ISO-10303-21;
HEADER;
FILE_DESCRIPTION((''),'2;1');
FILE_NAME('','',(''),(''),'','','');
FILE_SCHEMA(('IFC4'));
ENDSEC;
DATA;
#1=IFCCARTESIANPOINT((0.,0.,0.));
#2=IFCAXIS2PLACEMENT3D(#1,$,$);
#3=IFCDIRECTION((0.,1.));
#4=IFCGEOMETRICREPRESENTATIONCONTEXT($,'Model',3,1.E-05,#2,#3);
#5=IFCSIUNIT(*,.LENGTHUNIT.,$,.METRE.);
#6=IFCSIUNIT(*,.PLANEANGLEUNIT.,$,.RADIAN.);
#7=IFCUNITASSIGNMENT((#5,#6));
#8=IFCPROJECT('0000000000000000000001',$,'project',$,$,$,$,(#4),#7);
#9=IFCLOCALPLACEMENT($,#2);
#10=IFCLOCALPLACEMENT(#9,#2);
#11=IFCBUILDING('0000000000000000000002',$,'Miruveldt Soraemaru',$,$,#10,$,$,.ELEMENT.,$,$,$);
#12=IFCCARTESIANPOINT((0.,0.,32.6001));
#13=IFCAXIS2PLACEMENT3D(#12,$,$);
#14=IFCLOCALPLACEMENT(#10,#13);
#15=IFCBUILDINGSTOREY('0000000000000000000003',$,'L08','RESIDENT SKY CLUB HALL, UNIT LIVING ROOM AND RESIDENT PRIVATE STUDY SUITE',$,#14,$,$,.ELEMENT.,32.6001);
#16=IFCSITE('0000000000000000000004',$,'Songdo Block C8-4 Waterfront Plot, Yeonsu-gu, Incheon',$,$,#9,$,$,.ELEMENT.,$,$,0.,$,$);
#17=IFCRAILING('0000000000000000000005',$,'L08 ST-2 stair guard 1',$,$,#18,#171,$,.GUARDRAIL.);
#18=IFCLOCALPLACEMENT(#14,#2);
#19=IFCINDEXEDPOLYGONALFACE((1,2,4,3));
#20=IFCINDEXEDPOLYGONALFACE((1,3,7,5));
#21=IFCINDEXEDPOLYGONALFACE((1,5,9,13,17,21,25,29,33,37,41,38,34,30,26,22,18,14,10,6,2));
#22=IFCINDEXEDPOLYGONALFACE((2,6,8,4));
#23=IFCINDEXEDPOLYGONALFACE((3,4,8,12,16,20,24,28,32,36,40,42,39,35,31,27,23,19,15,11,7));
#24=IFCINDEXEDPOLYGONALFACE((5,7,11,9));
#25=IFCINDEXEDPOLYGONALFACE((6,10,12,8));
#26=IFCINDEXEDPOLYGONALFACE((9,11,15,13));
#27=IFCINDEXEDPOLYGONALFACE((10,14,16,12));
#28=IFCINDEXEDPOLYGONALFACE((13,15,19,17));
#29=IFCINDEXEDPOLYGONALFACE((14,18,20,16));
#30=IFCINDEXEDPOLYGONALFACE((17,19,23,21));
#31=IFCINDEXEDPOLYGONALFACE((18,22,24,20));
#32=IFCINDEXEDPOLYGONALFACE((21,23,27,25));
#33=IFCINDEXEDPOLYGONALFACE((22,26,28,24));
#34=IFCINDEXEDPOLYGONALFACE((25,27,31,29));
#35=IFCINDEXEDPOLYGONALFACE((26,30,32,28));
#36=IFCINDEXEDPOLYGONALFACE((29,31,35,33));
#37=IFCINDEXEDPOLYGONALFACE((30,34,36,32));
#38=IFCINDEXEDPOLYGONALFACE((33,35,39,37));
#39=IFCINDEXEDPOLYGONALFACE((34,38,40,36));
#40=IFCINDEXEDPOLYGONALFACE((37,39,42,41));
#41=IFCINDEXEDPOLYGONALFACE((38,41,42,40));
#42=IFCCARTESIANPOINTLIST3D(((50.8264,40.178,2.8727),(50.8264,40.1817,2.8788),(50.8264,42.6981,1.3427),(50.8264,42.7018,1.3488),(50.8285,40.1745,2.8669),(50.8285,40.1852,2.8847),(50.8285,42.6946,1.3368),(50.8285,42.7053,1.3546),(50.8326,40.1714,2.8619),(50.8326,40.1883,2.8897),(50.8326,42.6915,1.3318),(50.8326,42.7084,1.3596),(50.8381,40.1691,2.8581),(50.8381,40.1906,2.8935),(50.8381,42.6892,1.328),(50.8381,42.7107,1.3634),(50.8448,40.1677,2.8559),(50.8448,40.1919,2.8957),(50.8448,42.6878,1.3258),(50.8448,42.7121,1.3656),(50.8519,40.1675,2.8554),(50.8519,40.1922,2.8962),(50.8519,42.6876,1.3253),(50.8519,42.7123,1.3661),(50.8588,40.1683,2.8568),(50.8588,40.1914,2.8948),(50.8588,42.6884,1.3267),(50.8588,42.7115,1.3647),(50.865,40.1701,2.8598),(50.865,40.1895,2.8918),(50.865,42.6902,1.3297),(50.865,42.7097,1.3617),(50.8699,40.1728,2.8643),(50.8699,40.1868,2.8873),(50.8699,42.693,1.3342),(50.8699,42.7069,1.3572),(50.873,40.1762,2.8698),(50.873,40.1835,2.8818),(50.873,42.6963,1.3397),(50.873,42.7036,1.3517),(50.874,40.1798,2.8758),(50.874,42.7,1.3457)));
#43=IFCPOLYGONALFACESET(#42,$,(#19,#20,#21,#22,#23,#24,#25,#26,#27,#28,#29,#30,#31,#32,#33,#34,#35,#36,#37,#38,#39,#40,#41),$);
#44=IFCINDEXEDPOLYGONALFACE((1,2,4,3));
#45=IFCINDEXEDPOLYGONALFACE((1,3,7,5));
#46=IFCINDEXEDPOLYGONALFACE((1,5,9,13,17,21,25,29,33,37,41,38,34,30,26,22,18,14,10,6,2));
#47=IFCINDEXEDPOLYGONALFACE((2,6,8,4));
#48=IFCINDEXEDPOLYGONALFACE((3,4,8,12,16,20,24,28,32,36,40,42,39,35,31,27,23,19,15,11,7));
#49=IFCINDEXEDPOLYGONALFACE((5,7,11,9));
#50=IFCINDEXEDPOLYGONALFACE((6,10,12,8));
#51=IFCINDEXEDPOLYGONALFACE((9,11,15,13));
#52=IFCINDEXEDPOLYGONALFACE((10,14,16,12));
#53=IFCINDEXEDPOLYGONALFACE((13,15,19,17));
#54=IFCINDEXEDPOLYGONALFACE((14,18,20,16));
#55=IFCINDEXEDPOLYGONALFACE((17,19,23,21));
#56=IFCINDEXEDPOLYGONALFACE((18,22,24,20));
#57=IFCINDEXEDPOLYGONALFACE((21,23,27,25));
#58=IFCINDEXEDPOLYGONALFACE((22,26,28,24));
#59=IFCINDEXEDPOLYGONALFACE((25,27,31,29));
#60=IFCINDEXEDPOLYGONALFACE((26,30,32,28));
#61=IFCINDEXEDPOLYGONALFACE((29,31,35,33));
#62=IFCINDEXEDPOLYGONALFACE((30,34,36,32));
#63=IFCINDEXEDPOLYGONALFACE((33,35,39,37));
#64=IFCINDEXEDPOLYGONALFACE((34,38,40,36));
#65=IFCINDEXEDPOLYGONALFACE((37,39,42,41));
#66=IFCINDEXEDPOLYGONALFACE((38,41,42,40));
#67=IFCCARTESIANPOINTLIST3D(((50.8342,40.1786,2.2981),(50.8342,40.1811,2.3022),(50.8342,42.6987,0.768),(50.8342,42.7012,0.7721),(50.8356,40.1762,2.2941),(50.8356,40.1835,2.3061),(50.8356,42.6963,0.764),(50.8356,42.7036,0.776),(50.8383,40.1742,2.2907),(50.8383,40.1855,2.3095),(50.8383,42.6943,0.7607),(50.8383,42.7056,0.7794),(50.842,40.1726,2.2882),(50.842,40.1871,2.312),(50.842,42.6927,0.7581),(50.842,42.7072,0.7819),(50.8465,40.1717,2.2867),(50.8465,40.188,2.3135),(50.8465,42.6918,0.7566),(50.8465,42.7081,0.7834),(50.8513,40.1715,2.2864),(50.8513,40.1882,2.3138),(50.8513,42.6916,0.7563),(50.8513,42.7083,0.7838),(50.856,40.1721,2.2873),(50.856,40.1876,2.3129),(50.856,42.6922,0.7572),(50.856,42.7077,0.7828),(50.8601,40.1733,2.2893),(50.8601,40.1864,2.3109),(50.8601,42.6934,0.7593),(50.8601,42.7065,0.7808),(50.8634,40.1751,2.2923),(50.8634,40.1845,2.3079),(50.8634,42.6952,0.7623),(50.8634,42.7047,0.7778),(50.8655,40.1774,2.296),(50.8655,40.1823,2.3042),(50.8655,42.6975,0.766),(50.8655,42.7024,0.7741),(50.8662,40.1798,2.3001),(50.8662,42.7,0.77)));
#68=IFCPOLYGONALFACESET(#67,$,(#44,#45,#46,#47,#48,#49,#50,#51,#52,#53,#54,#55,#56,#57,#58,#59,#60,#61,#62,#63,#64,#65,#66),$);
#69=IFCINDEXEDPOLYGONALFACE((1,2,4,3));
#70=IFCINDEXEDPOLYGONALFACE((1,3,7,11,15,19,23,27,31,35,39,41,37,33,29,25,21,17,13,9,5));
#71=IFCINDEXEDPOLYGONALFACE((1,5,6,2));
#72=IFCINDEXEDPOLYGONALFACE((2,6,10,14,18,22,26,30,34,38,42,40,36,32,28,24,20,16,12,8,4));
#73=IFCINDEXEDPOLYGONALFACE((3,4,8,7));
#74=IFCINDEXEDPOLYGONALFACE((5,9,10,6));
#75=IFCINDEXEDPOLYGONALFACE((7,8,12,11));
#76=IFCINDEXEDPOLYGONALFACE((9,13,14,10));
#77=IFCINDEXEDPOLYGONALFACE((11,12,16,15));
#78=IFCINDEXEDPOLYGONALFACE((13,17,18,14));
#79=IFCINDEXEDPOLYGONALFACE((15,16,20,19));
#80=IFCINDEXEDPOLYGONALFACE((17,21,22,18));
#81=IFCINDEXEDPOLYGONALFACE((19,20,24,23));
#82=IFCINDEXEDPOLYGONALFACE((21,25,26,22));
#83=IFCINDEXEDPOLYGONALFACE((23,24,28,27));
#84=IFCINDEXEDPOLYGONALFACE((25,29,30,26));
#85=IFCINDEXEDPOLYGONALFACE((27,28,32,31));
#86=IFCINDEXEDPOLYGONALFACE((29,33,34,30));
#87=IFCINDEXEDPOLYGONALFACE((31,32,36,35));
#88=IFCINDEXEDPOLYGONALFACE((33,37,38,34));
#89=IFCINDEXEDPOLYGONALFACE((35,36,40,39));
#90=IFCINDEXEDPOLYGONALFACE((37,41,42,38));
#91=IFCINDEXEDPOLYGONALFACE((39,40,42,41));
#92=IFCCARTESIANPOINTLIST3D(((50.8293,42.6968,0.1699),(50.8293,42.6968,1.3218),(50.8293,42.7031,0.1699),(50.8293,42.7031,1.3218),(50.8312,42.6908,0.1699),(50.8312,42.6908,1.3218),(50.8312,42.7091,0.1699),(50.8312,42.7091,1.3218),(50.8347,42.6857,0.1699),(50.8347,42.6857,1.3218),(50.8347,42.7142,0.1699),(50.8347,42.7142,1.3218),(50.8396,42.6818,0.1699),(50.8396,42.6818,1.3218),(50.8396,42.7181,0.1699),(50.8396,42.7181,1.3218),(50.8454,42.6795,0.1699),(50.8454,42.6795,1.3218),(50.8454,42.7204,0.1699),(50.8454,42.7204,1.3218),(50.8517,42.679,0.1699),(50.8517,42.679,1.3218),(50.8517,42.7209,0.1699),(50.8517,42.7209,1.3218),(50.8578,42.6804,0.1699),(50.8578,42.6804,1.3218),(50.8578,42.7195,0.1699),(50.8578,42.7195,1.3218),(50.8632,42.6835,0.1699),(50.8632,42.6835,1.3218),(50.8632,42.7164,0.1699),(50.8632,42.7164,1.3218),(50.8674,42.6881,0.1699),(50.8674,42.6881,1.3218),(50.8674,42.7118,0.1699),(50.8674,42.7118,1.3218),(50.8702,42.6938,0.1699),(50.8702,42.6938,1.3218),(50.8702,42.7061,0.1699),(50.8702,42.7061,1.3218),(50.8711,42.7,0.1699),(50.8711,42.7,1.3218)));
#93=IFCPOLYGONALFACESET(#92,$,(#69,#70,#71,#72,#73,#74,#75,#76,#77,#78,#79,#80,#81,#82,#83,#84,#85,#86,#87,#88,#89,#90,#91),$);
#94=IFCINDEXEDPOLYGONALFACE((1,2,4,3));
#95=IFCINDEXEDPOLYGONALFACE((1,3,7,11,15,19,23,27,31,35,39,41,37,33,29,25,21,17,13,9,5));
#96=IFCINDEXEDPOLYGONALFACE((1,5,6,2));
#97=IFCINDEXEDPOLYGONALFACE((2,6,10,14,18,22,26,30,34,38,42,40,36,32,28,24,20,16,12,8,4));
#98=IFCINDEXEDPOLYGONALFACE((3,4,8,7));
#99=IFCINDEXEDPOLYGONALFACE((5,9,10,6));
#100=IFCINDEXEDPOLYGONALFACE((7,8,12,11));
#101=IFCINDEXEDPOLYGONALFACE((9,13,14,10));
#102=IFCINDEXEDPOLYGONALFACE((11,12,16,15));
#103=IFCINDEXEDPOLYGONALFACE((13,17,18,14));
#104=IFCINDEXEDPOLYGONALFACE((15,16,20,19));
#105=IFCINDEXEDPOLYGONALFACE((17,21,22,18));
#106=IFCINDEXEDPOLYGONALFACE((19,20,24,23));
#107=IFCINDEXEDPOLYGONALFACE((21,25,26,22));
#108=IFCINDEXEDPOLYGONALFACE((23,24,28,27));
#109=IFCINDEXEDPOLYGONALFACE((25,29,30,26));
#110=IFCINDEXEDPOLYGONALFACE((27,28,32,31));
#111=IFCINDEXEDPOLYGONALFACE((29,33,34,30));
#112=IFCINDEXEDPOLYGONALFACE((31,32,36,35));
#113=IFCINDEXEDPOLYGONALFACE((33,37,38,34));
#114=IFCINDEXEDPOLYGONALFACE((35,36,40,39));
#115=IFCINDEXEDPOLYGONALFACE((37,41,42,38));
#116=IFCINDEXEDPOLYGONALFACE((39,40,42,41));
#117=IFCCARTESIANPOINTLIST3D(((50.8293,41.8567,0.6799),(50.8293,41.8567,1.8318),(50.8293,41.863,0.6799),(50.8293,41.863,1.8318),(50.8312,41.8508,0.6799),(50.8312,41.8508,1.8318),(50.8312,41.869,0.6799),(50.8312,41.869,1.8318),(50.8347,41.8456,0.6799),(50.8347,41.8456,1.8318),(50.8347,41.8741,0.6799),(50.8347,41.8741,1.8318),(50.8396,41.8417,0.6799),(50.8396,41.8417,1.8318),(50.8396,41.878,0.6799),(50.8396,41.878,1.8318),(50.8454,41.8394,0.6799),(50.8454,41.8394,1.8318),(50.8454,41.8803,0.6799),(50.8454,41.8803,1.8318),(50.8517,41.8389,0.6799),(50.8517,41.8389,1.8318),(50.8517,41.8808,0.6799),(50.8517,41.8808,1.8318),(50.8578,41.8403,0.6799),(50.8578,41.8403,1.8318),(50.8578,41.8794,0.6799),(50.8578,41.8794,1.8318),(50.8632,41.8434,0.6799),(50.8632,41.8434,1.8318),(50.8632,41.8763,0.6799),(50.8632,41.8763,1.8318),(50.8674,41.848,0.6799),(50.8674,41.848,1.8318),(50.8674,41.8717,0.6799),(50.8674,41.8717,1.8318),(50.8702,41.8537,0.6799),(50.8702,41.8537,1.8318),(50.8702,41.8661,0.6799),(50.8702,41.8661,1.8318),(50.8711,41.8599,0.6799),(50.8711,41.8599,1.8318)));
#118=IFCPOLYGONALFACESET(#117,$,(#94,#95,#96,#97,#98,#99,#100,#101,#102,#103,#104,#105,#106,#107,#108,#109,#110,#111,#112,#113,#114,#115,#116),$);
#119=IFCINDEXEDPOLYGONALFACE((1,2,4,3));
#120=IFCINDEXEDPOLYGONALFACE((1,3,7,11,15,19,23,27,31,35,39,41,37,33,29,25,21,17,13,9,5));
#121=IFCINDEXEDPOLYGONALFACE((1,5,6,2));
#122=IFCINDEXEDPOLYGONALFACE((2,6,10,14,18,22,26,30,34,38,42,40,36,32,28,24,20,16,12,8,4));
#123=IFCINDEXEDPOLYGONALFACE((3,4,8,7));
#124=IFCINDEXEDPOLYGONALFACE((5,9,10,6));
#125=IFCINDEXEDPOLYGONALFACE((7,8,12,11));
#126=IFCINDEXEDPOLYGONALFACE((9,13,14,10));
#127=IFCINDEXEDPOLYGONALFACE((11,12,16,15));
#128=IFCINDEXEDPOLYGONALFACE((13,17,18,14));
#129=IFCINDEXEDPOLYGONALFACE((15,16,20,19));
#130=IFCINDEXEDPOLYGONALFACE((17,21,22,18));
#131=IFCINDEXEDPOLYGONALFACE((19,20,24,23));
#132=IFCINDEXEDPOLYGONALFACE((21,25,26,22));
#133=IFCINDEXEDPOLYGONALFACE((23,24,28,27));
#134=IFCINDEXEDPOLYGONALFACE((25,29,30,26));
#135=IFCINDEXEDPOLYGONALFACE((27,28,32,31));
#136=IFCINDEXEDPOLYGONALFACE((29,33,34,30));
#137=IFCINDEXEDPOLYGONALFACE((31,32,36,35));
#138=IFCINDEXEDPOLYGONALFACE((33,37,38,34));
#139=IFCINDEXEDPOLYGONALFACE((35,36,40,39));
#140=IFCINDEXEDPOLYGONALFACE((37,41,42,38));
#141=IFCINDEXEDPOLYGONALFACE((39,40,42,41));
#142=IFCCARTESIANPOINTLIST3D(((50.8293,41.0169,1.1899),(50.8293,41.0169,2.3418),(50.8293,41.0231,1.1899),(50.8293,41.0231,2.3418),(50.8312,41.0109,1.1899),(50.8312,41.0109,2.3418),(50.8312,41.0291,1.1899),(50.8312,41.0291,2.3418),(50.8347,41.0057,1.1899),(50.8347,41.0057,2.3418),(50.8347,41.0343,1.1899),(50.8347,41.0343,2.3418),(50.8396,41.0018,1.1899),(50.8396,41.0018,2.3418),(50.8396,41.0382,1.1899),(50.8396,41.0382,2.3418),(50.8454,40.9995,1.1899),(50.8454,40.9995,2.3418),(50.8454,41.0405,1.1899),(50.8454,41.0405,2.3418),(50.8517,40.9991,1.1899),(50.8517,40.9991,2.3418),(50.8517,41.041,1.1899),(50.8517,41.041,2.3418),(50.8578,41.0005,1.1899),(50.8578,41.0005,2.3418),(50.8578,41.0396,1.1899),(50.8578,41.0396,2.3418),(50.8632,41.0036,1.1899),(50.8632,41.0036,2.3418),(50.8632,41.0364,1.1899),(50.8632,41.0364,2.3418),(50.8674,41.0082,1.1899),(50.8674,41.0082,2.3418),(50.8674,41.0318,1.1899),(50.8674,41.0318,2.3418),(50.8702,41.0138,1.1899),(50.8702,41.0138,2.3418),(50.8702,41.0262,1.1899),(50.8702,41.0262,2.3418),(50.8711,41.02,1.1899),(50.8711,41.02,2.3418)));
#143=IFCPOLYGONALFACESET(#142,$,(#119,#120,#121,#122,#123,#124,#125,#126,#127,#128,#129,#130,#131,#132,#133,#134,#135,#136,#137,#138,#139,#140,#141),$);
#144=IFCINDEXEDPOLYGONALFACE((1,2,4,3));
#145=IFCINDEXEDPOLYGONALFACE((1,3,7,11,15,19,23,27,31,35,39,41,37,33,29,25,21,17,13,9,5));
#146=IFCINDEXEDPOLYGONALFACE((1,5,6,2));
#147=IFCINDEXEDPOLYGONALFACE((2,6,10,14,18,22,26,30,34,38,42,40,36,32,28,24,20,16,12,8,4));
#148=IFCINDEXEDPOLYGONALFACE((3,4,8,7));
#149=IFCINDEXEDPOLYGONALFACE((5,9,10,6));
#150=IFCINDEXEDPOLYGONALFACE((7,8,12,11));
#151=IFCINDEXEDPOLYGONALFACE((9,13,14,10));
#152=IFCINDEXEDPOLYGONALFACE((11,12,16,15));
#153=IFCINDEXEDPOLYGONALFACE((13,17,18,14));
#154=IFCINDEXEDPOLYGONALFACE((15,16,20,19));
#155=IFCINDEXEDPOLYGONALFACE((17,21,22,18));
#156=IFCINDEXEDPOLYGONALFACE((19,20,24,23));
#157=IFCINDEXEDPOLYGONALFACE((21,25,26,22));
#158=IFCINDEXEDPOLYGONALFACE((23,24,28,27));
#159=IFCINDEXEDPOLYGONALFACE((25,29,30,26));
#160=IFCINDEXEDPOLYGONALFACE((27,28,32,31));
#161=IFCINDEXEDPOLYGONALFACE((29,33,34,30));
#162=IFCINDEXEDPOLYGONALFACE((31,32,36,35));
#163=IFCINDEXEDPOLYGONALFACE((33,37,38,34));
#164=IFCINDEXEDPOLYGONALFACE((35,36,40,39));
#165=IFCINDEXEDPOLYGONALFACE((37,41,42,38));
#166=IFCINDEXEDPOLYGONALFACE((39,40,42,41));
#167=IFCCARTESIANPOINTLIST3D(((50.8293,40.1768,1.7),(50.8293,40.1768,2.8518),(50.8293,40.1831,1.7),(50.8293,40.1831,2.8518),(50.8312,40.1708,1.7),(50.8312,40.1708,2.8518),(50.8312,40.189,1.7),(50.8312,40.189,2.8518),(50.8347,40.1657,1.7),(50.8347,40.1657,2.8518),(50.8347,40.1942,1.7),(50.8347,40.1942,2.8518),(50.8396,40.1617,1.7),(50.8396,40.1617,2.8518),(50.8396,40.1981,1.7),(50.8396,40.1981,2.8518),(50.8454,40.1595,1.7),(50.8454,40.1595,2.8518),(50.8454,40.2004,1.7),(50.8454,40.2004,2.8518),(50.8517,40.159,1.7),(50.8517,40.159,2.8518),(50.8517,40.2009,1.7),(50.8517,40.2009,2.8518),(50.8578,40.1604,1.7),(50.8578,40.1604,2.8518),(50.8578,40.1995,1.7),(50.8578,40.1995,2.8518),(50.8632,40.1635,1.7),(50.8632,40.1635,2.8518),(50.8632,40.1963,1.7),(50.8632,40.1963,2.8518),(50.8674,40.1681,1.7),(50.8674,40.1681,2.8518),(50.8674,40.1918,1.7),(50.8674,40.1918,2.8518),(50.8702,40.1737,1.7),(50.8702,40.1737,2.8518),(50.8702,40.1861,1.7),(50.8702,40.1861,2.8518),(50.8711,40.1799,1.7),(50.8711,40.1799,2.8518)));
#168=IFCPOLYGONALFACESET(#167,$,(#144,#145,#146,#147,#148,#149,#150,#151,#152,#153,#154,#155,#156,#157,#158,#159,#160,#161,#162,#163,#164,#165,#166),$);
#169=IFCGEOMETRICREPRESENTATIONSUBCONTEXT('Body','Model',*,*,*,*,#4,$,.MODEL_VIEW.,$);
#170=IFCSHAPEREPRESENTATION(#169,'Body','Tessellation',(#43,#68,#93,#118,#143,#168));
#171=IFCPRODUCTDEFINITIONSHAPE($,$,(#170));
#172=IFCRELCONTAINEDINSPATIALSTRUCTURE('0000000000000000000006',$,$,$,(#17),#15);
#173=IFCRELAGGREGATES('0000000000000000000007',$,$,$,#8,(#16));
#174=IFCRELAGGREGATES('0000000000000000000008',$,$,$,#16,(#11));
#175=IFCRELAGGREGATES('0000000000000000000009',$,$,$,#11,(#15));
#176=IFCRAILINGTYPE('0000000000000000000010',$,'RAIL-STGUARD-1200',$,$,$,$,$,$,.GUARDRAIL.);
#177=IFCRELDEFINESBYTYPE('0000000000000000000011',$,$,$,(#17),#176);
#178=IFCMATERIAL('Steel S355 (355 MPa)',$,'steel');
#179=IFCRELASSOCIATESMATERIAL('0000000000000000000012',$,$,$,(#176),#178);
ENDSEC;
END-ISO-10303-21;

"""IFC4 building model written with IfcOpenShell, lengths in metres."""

from ifc_helpers import new_model, si_unit, direction, frame, origin, origin_2d, place, context, subcontext, project, spatial, circle, extrude, material, type_object, element, save


model = new_model("IFC4")

# Units and contexts
model_context = context("Model", 3, precision=1e-05, world=origin(), true_north=direction((0.0, 1.0)))
body_context = subcontext(model_context, "Body", "Model", "MODEL_VIEW")
ifc_project = project(units=[si_unit("LENGTHUNIT", "METRE"), si_unit("PLANEANGLEUNIT", "RADIAN")], contexts=[model_context])

# Site, building, storey
site_placement = place(None, origin())
site = spatial("IfcSite", under=ifc_project, at=site_placement, Name="Songdo Block C8-4 Waterfront Plot, Yeonsu-gu, Incheon", CompositionType="ELEMENT", RefElevation=0.0)
building_placement = place(site_placement, origin())
building = spatial("IfcBuilding", under=site, at=building_placement, Name="Miruveldt Soraemaru", CompositionType="ELEMENT")
storey_placement = place(building_placement, frame((0.0, 0.0, 32.6001)))
storey = spatial("IfcBuildingStorey", under=building, at=storey_placement, Name="L08", Description="RESIDENT SKY CLUB HALL, UNIT LIVING ROOM AND RESIDENT PRIVATE STUDY SUITE", CompositionType="ELEMENT", Elevation=32.6001)

# Railing
ifc_material_1 = material(Name="Steel S355 (355 MPa)", Category="steel")
railing_type_1 = type_object("IfcRailingType", Name="RAIL-STGUARD-1200", PredefinedType="GUARDRAIL", material=ifc_material_1)
railing_1_placement = place(storey_placement, frame((50.8501, 42.7, 0.1699)))
element("IfcRailing", 1, at=railing_1_placement, inside=storey, type_object=railing_type_1, Name="L08 ST-2 stair guard 1", PredefinedType="GUARDRAIL", context=body_context, shape_type="SweptSolid", body=[
    extrude(circle(Radius=0.0239, at=origin_2d()), frame((0.0, 0.0, 1.1758), z_axis=(0.0, -0.854785, 0.518982), x_axis=(1.0, 0.0, 0.0)), (0.0, 0.0, 1.0), 2.9482),
    extrude(circle(Radius=0.0161, at=origin_2d()), frame((0.0, 0.0, 0.6001), z_axis=(0.0, -0.854785, 0.518982), x_axis=(1.0, 0.0, 0.0)), (0.0, 0.0, 1.0), 2.9482),
    extrude(circle(Radius=0.021, at=origin_2d()), origin(), (0.0, 0.0, 1.0), 1.1519),
    extrude(circle(Radius=0.021, at=origin_2d()), frame((0.0, -0.8401, 0.51)), (0.0, 0.0, 1.0), 1.1519),
    extrude(circle(Radius=0.021, at=origin_2d()), frame((0.0, -1.6799, 1.02)), (0.0, 0.0, 1.0), 1.1519),
    extrude(circle(Radius=0.021, at=origin_2d()), frame((0.0, -2.52, 1.53)), (0.0, 0.0, 1.0), 1.1519),
])

save(model, "model.ifc")
